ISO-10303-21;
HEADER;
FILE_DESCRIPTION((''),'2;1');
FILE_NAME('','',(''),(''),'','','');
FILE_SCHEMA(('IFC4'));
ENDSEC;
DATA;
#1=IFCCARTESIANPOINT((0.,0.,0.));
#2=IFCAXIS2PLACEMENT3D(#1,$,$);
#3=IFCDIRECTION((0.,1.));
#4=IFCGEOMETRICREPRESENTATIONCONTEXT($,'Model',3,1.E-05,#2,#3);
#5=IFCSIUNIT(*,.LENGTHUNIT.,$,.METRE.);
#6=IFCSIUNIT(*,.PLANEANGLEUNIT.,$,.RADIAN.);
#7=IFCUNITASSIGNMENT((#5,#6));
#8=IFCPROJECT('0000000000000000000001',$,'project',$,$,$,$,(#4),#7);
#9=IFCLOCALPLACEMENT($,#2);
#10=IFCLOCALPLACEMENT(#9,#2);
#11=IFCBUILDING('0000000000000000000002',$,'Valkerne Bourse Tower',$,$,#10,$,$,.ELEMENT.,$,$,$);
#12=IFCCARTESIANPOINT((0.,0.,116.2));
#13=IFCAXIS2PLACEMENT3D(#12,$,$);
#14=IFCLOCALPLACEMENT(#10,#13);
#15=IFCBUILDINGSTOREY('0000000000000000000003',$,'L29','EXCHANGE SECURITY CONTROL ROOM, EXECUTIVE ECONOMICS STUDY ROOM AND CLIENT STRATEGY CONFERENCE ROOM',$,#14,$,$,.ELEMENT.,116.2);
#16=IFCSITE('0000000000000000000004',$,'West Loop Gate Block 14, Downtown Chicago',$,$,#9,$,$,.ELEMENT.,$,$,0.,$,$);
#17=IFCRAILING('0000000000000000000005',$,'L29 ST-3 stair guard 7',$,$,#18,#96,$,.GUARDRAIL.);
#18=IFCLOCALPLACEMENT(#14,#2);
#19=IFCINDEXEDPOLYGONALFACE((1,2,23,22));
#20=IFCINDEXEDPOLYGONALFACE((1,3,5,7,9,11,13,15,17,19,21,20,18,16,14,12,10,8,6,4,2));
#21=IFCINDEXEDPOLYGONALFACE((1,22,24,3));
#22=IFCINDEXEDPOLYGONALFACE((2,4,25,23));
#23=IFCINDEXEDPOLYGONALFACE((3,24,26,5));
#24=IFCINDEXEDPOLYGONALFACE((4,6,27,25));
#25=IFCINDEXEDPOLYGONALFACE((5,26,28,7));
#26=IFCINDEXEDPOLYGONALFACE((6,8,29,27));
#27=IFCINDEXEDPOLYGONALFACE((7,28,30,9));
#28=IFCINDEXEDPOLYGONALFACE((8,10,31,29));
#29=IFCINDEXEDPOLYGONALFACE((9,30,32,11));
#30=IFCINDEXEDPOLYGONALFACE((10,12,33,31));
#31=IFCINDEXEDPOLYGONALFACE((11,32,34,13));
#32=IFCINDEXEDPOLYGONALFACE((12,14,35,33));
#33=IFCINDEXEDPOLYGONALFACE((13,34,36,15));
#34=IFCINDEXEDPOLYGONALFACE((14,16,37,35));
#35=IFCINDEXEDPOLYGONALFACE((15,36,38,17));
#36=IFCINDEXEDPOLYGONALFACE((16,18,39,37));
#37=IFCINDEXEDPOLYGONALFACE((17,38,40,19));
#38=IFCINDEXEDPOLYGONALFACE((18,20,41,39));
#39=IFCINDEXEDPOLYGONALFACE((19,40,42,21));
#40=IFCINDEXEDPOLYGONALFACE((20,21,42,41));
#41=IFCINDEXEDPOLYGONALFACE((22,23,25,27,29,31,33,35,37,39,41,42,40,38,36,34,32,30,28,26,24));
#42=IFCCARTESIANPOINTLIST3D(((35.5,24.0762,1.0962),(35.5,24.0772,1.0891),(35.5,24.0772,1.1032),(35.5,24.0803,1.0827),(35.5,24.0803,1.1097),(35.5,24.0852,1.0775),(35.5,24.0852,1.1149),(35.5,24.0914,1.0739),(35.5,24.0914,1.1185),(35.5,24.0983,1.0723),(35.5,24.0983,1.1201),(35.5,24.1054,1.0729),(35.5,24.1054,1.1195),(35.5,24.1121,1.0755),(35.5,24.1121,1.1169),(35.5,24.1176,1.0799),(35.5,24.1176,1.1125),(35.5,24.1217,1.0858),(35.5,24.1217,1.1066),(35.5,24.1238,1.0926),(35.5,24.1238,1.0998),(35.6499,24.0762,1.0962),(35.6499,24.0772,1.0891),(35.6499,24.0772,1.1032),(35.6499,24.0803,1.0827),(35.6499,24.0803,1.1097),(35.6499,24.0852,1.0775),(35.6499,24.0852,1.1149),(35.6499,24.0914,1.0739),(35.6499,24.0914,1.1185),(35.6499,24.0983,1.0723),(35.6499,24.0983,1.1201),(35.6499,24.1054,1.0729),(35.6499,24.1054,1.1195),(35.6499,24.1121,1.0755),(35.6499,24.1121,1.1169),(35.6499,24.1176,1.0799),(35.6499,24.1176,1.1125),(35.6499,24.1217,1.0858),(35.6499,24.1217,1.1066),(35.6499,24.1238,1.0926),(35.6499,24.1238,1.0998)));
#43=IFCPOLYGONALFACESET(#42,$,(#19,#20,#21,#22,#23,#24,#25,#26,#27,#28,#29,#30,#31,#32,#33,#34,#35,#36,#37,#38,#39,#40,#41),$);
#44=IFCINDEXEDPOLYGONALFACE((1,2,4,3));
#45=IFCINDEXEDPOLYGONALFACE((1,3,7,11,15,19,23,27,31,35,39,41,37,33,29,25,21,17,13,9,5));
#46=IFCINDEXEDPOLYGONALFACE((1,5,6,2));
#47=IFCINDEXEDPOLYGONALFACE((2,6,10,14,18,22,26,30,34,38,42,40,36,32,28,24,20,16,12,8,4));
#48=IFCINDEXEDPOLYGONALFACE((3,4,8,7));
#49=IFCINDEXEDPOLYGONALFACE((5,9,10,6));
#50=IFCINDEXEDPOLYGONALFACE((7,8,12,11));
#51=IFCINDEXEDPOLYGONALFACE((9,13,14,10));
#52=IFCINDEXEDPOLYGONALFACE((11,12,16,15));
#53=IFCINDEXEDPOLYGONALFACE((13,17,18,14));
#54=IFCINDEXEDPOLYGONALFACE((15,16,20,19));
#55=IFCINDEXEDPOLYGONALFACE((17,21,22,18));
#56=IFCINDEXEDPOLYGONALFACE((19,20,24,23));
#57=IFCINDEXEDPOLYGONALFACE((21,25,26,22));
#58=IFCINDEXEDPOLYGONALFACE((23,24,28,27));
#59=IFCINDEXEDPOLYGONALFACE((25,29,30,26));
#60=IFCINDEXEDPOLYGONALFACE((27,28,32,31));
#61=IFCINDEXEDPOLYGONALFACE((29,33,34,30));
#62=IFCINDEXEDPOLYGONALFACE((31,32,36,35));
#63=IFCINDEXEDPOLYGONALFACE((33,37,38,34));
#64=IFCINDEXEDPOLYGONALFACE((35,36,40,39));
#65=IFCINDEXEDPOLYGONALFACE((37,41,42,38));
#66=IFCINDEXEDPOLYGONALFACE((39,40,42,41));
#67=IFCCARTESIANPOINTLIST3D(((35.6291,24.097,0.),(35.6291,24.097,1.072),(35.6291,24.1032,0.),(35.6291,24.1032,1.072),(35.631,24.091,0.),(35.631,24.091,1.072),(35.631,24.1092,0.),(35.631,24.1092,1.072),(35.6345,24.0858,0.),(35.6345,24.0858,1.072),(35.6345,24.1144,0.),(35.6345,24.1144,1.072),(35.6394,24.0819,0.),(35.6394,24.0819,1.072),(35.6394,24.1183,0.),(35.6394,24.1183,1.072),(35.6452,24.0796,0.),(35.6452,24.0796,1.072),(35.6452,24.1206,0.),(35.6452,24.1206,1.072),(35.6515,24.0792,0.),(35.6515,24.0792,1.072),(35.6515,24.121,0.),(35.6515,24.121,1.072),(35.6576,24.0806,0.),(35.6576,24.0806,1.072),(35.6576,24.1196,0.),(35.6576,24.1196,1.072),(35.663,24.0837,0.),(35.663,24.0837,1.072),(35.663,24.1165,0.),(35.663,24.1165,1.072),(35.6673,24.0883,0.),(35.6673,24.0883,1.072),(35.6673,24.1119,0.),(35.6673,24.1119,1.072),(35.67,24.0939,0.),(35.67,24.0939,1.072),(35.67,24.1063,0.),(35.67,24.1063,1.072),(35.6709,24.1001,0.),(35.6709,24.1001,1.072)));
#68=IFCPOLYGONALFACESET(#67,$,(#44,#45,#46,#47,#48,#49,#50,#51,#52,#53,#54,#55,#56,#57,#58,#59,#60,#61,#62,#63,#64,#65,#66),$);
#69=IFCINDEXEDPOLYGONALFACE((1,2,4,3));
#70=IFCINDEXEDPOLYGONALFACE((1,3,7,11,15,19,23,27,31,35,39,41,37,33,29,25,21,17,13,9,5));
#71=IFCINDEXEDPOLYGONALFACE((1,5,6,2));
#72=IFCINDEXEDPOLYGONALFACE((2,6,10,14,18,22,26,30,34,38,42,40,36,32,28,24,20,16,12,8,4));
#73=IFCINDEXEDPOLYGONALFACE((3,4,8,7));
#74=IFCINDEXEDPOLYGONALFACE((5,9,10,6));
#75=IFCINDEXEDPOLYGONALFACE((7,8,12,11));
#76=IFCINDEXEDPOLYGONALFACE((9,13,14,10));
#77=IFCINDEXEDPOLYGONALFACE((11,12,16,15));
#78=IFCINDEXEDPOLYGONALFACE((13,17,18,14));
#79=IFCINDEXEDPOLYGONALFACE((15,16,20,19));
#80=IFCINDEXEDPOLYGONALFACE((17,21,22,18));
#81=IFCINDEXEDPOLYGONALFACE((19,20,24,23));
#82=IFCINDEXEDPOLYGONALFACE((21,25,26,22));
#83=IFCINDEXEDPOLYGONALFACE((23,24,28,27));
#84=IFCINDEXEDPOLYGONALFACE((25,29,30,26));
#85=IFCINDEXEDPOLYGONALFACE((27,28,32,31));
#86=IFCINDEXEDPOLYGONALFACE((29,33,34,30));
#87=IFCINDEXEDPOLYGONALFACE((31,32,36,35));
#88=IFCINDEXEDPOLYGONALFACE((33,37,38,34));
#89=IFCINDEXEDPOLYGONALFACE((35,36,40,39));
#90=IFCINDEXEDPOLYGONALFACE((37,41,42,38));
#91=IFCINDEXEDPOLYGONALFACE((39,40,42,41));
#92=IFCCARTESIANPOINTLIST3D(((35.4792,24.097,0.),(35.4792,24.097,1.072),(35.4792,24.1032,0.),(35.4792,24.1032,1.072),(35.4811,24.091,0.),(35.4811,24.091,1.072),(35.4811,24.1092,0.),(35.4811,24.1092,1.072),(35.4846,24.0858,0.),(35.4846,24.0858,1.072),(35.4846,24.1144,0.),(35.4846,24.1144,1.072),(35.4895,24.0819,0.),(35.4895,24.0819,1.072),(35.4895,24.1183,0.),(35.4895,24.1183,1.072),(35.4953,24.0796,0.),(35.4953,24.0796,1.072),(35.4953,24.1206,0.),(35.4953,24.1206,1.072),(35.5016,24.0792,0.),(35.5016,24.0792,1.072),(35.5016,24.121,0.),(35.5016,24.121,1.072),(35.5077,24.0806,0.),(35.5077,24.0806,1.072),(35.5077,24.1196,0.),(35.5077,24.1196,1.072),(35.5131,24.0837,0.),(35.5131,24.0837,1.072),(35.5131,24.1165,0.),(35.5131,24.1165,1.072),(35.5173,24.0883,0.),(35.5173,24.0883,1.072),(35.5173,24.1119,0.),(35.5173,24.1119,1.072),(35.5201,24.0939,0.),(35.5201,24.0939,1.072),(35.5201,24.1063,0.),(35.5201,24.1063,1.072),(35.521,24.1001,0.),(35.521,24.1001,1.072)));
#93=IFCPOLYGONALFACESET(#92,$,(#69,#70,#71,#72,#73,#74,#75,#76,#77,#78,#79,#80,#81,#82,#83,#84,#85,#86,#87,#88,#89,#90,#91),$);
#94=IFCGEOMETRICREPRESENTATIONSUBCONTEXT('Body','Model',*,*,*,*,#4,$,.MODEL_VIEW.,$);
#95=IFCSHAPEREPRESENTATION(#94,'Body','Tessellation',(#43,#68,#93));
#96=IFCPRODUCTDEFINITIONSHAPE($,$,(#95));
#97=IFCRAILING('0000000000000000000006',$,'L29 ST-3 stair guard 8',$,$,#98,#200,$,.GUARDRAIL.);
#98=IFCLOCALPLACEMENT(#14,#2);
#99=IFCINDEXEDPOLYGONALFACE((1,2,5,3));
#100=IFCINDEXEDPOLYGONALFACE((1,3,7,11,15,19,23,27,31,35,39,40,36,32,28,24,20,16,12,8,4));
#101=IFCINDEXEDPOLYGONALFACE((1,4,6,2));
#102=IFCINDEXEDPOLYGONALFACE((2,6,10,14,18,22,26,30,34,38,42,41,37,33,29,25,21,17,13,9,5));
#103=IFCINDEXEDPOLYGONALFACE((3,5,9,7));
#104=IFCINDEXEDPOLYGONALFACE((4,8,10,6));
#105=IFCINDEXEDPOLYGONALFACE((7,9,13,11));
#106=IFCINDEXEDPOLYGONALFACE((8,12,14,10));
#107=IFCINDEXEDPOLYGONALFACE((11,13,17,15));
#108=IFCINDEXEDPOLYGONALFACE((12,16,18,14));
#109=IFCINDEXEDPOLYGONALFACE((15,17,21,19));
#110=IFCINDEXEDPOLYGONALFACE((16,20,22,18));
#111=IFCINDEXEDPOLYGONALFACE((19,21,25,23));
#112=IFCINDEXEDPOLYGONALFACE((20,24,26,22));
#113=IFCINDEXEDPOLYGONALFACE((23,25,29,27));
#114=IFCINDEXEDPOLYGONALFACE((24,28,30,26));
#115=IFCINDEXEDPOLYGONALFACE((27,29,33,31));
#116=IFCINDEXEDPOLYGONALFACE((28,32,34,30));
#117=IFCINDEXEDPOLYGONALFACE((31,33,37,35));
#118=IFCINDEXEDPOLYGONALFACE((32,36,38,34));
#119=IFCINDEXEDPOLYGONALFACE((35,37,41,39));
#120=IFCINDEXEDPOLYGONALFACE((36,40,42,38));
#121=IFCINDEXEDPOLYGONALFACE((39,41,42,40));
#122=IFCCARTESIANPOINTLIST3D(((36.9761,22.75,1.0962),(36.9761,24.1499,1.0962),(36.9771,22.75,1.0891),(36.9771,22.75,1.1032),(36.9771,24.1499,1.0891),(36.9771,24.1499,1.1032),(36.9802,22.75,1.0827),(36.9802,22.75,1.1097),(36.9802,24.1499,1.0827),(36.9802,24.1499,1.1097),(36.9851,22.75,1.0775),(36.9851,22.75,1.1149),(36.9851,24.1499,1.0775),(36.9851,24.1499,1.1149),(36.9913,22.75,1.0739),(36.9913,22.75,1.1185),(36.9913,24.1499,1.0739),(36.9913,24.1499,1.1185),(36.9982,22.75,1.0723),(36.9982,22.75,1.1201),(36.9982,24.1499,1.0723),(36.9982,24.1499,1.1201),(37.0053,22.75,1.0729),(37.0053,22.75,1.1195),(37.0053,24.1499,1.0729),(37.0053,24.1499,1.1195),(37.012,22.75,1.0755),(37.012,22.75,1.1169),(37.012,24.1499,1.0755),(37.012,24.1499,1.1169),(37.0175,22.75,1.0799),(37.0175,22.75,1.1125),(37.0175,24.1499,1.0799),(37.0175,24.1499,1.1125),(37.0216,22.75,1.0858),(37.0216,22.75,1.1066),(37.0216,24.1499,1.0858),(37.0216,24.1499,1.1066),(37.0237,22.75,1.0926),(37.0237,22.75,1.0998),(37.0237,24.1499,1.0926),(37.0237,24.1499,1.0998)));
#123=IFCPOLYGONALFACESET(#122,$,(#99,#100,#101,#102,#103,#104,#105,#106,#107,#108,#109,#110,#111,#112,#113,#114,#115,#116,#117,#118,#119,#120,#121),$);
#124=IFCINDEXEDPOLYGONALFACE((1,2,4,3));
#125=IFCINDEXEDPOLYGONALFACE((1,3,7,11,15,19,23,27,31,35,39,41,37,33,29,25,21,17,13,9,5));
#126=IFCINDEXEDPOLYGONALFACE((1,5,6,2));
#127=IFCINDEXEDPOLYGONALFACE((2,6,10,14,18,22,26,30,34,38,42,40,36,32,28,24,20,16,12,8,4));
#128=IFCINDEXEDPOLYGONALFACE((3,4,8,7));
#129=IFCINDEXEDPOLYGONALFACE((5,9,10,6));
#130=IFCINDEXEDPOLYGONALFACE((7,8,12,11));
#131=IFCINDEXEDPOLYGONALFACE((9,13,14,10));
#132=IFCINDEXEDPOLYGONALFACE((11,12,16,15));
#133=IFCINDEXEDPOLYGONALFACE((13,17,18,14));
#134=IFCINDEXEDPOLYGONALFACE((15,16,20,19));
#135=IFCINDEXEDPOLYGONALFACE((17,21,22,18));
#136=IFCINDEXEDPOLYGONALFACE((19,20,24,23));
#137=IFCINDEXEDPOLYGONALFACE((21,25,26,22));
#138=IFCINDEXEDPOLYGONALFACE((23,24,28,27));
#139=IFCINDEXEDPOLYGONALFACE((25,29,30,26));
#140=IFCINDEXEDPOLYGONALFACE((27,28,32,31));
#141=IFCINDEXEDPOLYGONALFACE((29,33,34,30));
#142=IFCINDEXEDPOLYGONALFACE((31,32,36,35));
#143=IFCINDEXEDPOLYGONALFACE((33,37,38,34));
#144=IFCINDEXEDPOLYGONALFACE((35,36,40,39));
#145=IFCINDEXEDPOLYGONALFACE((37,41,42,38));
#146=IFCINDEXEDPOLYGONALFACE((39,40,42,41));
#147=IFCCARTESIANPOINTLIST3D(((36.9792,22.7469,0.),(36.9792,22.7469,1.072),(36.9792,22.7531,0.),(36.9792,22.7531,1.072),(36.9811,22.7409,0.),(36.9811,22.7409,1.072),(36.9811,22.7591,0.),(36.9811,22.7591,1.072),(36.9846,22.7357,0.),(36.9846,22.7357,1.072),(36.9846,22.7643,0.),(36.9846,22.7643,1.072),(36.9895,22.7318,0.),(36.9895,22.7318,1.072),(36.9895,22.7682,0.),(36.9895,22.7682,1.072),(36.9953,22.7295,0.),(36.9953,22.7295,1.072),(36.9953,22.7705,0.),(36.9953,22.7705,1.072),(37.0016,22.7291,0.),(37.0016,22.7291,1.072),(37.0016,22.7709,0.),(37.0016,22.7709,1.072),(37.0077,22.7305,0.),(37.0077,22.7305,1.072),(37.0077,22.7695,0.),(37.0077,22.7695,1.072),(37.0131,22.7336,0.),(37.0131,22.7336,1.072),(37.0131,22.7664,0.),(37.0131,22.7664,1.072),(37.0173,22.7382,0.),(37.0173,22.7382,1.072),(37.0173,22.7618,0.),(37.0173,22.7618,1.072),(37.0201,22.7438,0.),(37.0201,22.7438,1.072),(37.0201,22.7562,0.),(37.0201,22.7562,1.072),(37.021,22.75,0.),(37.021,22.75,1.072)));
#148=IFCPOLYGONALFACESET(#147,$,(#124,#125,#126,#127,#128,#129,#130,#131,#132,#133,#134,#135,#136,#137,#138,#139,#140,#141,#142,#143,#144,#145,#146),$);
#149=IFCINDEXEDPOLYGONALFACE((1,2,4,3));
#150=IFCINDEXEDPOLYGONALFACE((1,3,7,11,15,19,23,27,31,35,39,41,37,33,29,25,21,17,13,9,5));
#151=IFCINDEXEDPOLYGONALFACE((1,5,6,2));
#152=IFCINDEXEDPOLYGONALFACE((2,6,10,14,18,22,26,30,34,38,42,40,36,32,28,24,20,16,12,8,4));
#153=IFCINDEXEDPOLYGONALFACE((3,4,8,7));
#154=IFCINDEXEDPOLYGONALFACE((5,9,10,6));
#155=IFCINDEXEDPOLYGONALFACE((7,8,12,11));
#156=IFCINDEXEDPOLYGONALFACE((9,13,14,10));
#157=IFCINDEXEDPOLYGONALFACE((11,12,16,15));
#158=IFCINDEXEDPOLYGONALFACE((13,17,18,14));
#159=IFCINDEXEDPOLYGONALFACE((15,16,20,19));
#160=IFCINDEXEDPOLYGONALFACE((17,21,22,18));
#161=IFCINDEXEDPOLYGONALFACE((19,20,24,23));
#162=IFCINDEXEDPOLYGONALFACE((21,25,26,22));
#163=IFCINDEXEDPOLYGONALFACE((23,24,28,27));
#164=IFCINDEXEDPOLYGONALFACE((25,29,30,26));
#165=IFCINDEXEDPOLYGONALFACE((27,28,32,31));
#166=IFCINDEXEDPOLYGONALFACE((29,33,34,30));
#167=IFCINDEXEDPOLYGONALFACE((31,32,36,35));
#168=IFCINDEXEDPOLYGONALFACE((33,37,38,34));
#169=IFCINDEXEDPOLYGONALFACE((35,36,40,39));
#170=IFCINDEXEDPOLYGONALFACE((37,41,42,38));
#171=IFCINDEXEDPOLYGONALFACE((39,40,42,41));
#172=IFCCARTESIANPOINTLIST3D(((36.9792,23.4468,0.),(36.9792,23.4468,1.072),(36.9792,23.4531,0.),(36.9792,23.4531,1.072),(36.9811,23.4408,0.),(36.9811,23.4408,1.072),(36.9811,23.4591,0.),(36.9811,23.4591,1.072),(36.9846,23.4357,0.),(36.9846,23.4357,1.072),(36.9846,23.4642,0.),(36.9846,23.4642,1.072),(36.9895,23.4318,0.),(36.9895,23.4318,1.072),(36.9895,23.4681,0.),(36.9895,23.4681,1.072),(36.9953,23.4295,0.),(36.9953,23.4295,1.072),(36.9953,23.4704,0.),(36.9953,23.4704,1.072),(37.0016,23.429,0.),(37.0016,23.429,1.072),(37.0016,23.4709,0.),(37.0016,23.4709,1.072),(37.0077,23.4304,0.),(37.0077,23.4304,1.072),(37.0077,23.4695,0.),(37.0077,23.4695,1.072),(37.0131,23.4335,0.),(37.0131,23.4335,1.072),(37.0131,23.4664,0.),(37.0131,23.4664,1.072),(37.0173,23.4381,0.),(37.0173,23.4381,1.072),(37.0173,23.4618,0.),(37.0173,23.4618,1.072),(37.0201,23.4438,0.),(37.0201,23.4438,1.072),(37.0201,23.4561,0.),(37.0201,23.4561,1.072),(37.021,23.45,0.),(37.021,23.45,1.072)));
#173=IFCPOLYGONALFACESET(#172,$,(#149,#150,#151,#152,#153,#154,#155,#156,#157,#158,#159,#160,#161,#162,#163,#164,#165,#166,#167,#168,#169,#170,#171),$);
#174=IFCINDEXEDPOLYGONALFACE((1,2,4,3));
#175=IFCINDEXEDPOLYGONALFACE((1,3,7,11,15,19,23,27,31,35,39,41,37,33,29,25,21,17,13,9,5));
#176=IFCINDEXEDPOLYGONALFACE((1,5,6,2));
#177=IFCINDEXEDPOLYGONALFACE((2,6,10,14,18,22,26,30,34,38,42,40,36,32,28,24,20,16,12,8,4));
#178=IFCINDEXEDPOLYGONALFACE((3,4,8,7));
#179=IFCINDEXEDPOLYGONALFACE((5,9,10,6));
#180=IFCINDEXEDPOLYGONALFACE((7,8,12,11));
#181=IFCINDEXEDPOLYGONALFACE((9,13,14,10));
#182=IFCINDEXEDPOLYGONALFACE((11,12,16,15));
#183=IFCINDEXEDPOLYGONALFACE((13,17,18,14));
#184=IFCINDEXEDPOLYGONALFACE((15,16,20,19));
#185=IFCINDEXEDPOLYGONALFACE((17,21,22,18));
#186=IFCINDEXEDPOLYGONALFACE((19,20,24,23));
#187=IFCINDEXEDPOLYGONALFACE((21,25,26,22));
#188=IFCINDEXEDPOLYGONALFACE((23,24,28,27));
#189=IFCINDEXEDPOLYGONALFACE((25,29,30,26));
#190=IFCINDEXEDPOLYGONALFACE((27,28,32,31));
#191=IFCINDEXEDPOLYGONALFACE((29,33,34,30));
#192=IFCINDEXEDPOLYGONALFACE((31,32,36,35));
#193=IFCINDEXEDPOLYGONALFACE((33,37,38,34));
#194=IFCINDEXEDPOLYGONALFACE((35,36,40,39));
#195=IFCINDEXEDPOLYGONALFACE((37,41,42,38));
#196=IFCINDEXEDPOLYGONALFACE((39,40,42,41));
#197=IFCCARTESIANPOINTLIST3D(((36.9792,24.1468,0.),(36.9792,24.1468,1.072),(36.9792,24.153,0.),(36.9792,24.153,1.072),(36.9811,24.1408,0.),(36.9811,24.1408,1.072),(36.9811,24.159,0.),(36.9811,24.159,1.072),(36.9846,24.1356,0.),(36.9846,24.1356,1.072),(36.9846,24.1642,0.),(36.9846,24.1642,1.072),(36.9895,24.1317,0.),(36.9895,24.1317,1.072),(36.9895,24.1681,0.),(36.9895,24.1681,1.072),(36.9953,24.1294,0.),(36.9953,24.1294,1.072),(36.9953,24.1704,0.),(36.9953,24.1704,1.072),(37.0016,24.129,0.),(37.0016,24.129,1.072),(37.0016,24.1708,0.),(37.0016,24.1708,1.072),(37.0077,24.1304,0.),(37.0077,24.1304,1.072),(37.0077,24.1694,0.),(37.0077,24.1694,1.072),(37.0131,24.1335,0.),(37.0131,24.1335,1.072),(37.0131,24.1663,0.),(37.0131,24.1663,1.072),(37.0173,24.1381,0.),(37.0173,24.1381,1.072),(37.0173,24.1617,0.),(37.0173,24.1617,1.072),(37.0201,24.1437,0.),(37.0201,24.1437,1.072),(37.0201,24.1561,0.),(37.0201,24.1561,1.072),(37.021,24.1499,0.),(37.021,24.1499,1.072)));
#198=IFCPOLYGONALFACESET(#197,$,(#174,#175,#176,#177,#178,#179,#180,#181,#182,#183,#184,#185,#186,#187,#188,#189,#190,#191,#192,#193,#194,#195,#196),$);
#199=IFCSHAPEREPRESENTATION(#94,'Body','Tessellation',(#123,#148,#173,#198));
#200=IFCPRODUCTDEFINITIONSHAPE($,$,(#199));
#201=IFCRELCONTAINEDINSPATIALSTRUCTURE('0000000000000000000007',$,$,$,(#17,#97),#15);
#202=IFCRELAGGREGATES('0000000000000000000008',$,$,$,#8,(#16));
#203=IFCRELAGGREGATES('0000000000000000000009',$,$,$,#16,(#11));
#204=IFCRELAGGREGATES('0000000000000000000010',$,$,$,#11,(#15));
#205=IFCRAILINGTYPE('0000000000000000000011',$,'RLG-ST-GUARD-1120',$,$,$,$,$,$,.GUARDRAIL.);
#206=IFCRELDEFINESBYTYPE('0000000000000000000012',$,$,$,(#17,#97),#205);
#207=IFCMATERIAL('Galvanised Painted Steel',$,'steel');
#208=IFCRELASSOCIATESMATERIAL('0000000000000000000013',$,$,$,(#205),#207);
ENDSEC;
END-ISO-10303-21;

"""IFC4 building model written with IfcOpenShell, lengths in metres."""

from ifc_helpers import new_model, si_unit, direction, frame, origin, origin_2d, place, context, subcontext, project, spatial, circle, extrude, material, type_object, element, save


model = new_model("IFC4")

# Units and contexts
model_context = context("Model", 3, precision=1e-05, world=origin(), true_north=direction((0.0, 1.0)))
body_context = subcontext(model_context, "Body", "Model", "MODEL_VIEW")
ifc_project = project(units=[si_unit("LENGTHUNIT", "METRE"), si_unit("PLANEANGLEUNIT", "RADIAN")], contexts=[model_context])

# Site, building, storey
site_placement = place(None, origin())
site = spatial("IfcSite", under=ifc_project, at=site_placement, Name="West Loop Gate Block 14, Downtown Chicago", CompositionType="ELEMENT", RefElevation=0.0)
building_placement = place(site_placement, origin())
building = spatial("IfcBuilding", under=site, at=building_placement, Name="Valkerne Bourse Tower", CompositionType="ELEMENT")
storey_placement = place(building_placement, frame((0.0, 0.0, 116.2)))
storey = spatial("IfcBuildingStorey", under=building, at=storey_placement, Name="L29", Description="EXCHANGE SECURITY CONTROL ROOM, EXECUTIVE ECONOMICS STUDY ROOM AND CLIENT STRATEGY CONFERENCE ROOM", CompositionType="ELEMENT", Elevation=116.2)

# Railings
ifc_material_1 = material(Name="Galvanised Painted Steel", Category="steel")
railing_type_1 = type_object("IfcRailingType", Name="RLG-ST-GUARD-1120", PredefinedType="GUARDRAIL", material=ifc_material_1)
railing_1_placement = place(storey_placement, frame((35.6499, 24.1001, 0.0)))
element("IfcRailing", 1, at=railing_1_placement, inside=storey, type_object=railing_type_1, Name="L29 ST-3 stair guard 7", PredefinedType="GUARDRAIL", context=body_context, shape_type="SweptSolid", body=[
    extrude(circle(Radius=0.0239, at=origin_2d()), frame((0.0, 0.0, 1.0962), z_axis=(-1.0, 0.0, 0.0), x_axis=(0.0, -1.0, 0.0)), (0.0, 0.0, 1.0), 0.1499),
    extrude(circle(Radius=0.021, at=origin_2d()), origin(), (0.0, 0.0, 1.0), 1.072),
    extrude(circle(Radius=0.021, at=origin_2d()), frame((-0.1499, 0.0, 0.0)), (0.0, 0.0, 1.0), 1.072),
])
for number, where, name in (
    (2, (37.0, 22.75, 0.0), "L29 ST-3 stair guard 8"),
):
    element("IfcRailing", number, at=place(storey_placement, frame(where)), inside=storey, type_object=railing_type_1, Name=name, PredefinedType="GUARDRAIL", context=body_context, shape_type="SweptSolid", body=[
        extrude(circle(Radius=0.0239, at=origin_2d()), frame((0.0, 0.0, 1.0962), z_axis=(0.0, 1.0, 0.0), x_axis=(-1.0, 0.0, 0.0)), (0.0, 0.0, 1.0), 1.3999),
        extrude(circle(Radius=0.021, at=origin_2d()), origin(), (0.0, 0.0, 1.0), 1.072),
        extrude(circle(Radius=0.021, at=origin_2d()), frame((0.0, 0.7, 0.0)), (0.0, 0.0, 1.0), 1.072),
        extrude(circle(Radius=0.021, at=origin_2d()), frame((0.0, 1.3999, 0.0)), (0.0, 0.0, 1.0), 1.072),
    ])

save(model, "model.ifc")
